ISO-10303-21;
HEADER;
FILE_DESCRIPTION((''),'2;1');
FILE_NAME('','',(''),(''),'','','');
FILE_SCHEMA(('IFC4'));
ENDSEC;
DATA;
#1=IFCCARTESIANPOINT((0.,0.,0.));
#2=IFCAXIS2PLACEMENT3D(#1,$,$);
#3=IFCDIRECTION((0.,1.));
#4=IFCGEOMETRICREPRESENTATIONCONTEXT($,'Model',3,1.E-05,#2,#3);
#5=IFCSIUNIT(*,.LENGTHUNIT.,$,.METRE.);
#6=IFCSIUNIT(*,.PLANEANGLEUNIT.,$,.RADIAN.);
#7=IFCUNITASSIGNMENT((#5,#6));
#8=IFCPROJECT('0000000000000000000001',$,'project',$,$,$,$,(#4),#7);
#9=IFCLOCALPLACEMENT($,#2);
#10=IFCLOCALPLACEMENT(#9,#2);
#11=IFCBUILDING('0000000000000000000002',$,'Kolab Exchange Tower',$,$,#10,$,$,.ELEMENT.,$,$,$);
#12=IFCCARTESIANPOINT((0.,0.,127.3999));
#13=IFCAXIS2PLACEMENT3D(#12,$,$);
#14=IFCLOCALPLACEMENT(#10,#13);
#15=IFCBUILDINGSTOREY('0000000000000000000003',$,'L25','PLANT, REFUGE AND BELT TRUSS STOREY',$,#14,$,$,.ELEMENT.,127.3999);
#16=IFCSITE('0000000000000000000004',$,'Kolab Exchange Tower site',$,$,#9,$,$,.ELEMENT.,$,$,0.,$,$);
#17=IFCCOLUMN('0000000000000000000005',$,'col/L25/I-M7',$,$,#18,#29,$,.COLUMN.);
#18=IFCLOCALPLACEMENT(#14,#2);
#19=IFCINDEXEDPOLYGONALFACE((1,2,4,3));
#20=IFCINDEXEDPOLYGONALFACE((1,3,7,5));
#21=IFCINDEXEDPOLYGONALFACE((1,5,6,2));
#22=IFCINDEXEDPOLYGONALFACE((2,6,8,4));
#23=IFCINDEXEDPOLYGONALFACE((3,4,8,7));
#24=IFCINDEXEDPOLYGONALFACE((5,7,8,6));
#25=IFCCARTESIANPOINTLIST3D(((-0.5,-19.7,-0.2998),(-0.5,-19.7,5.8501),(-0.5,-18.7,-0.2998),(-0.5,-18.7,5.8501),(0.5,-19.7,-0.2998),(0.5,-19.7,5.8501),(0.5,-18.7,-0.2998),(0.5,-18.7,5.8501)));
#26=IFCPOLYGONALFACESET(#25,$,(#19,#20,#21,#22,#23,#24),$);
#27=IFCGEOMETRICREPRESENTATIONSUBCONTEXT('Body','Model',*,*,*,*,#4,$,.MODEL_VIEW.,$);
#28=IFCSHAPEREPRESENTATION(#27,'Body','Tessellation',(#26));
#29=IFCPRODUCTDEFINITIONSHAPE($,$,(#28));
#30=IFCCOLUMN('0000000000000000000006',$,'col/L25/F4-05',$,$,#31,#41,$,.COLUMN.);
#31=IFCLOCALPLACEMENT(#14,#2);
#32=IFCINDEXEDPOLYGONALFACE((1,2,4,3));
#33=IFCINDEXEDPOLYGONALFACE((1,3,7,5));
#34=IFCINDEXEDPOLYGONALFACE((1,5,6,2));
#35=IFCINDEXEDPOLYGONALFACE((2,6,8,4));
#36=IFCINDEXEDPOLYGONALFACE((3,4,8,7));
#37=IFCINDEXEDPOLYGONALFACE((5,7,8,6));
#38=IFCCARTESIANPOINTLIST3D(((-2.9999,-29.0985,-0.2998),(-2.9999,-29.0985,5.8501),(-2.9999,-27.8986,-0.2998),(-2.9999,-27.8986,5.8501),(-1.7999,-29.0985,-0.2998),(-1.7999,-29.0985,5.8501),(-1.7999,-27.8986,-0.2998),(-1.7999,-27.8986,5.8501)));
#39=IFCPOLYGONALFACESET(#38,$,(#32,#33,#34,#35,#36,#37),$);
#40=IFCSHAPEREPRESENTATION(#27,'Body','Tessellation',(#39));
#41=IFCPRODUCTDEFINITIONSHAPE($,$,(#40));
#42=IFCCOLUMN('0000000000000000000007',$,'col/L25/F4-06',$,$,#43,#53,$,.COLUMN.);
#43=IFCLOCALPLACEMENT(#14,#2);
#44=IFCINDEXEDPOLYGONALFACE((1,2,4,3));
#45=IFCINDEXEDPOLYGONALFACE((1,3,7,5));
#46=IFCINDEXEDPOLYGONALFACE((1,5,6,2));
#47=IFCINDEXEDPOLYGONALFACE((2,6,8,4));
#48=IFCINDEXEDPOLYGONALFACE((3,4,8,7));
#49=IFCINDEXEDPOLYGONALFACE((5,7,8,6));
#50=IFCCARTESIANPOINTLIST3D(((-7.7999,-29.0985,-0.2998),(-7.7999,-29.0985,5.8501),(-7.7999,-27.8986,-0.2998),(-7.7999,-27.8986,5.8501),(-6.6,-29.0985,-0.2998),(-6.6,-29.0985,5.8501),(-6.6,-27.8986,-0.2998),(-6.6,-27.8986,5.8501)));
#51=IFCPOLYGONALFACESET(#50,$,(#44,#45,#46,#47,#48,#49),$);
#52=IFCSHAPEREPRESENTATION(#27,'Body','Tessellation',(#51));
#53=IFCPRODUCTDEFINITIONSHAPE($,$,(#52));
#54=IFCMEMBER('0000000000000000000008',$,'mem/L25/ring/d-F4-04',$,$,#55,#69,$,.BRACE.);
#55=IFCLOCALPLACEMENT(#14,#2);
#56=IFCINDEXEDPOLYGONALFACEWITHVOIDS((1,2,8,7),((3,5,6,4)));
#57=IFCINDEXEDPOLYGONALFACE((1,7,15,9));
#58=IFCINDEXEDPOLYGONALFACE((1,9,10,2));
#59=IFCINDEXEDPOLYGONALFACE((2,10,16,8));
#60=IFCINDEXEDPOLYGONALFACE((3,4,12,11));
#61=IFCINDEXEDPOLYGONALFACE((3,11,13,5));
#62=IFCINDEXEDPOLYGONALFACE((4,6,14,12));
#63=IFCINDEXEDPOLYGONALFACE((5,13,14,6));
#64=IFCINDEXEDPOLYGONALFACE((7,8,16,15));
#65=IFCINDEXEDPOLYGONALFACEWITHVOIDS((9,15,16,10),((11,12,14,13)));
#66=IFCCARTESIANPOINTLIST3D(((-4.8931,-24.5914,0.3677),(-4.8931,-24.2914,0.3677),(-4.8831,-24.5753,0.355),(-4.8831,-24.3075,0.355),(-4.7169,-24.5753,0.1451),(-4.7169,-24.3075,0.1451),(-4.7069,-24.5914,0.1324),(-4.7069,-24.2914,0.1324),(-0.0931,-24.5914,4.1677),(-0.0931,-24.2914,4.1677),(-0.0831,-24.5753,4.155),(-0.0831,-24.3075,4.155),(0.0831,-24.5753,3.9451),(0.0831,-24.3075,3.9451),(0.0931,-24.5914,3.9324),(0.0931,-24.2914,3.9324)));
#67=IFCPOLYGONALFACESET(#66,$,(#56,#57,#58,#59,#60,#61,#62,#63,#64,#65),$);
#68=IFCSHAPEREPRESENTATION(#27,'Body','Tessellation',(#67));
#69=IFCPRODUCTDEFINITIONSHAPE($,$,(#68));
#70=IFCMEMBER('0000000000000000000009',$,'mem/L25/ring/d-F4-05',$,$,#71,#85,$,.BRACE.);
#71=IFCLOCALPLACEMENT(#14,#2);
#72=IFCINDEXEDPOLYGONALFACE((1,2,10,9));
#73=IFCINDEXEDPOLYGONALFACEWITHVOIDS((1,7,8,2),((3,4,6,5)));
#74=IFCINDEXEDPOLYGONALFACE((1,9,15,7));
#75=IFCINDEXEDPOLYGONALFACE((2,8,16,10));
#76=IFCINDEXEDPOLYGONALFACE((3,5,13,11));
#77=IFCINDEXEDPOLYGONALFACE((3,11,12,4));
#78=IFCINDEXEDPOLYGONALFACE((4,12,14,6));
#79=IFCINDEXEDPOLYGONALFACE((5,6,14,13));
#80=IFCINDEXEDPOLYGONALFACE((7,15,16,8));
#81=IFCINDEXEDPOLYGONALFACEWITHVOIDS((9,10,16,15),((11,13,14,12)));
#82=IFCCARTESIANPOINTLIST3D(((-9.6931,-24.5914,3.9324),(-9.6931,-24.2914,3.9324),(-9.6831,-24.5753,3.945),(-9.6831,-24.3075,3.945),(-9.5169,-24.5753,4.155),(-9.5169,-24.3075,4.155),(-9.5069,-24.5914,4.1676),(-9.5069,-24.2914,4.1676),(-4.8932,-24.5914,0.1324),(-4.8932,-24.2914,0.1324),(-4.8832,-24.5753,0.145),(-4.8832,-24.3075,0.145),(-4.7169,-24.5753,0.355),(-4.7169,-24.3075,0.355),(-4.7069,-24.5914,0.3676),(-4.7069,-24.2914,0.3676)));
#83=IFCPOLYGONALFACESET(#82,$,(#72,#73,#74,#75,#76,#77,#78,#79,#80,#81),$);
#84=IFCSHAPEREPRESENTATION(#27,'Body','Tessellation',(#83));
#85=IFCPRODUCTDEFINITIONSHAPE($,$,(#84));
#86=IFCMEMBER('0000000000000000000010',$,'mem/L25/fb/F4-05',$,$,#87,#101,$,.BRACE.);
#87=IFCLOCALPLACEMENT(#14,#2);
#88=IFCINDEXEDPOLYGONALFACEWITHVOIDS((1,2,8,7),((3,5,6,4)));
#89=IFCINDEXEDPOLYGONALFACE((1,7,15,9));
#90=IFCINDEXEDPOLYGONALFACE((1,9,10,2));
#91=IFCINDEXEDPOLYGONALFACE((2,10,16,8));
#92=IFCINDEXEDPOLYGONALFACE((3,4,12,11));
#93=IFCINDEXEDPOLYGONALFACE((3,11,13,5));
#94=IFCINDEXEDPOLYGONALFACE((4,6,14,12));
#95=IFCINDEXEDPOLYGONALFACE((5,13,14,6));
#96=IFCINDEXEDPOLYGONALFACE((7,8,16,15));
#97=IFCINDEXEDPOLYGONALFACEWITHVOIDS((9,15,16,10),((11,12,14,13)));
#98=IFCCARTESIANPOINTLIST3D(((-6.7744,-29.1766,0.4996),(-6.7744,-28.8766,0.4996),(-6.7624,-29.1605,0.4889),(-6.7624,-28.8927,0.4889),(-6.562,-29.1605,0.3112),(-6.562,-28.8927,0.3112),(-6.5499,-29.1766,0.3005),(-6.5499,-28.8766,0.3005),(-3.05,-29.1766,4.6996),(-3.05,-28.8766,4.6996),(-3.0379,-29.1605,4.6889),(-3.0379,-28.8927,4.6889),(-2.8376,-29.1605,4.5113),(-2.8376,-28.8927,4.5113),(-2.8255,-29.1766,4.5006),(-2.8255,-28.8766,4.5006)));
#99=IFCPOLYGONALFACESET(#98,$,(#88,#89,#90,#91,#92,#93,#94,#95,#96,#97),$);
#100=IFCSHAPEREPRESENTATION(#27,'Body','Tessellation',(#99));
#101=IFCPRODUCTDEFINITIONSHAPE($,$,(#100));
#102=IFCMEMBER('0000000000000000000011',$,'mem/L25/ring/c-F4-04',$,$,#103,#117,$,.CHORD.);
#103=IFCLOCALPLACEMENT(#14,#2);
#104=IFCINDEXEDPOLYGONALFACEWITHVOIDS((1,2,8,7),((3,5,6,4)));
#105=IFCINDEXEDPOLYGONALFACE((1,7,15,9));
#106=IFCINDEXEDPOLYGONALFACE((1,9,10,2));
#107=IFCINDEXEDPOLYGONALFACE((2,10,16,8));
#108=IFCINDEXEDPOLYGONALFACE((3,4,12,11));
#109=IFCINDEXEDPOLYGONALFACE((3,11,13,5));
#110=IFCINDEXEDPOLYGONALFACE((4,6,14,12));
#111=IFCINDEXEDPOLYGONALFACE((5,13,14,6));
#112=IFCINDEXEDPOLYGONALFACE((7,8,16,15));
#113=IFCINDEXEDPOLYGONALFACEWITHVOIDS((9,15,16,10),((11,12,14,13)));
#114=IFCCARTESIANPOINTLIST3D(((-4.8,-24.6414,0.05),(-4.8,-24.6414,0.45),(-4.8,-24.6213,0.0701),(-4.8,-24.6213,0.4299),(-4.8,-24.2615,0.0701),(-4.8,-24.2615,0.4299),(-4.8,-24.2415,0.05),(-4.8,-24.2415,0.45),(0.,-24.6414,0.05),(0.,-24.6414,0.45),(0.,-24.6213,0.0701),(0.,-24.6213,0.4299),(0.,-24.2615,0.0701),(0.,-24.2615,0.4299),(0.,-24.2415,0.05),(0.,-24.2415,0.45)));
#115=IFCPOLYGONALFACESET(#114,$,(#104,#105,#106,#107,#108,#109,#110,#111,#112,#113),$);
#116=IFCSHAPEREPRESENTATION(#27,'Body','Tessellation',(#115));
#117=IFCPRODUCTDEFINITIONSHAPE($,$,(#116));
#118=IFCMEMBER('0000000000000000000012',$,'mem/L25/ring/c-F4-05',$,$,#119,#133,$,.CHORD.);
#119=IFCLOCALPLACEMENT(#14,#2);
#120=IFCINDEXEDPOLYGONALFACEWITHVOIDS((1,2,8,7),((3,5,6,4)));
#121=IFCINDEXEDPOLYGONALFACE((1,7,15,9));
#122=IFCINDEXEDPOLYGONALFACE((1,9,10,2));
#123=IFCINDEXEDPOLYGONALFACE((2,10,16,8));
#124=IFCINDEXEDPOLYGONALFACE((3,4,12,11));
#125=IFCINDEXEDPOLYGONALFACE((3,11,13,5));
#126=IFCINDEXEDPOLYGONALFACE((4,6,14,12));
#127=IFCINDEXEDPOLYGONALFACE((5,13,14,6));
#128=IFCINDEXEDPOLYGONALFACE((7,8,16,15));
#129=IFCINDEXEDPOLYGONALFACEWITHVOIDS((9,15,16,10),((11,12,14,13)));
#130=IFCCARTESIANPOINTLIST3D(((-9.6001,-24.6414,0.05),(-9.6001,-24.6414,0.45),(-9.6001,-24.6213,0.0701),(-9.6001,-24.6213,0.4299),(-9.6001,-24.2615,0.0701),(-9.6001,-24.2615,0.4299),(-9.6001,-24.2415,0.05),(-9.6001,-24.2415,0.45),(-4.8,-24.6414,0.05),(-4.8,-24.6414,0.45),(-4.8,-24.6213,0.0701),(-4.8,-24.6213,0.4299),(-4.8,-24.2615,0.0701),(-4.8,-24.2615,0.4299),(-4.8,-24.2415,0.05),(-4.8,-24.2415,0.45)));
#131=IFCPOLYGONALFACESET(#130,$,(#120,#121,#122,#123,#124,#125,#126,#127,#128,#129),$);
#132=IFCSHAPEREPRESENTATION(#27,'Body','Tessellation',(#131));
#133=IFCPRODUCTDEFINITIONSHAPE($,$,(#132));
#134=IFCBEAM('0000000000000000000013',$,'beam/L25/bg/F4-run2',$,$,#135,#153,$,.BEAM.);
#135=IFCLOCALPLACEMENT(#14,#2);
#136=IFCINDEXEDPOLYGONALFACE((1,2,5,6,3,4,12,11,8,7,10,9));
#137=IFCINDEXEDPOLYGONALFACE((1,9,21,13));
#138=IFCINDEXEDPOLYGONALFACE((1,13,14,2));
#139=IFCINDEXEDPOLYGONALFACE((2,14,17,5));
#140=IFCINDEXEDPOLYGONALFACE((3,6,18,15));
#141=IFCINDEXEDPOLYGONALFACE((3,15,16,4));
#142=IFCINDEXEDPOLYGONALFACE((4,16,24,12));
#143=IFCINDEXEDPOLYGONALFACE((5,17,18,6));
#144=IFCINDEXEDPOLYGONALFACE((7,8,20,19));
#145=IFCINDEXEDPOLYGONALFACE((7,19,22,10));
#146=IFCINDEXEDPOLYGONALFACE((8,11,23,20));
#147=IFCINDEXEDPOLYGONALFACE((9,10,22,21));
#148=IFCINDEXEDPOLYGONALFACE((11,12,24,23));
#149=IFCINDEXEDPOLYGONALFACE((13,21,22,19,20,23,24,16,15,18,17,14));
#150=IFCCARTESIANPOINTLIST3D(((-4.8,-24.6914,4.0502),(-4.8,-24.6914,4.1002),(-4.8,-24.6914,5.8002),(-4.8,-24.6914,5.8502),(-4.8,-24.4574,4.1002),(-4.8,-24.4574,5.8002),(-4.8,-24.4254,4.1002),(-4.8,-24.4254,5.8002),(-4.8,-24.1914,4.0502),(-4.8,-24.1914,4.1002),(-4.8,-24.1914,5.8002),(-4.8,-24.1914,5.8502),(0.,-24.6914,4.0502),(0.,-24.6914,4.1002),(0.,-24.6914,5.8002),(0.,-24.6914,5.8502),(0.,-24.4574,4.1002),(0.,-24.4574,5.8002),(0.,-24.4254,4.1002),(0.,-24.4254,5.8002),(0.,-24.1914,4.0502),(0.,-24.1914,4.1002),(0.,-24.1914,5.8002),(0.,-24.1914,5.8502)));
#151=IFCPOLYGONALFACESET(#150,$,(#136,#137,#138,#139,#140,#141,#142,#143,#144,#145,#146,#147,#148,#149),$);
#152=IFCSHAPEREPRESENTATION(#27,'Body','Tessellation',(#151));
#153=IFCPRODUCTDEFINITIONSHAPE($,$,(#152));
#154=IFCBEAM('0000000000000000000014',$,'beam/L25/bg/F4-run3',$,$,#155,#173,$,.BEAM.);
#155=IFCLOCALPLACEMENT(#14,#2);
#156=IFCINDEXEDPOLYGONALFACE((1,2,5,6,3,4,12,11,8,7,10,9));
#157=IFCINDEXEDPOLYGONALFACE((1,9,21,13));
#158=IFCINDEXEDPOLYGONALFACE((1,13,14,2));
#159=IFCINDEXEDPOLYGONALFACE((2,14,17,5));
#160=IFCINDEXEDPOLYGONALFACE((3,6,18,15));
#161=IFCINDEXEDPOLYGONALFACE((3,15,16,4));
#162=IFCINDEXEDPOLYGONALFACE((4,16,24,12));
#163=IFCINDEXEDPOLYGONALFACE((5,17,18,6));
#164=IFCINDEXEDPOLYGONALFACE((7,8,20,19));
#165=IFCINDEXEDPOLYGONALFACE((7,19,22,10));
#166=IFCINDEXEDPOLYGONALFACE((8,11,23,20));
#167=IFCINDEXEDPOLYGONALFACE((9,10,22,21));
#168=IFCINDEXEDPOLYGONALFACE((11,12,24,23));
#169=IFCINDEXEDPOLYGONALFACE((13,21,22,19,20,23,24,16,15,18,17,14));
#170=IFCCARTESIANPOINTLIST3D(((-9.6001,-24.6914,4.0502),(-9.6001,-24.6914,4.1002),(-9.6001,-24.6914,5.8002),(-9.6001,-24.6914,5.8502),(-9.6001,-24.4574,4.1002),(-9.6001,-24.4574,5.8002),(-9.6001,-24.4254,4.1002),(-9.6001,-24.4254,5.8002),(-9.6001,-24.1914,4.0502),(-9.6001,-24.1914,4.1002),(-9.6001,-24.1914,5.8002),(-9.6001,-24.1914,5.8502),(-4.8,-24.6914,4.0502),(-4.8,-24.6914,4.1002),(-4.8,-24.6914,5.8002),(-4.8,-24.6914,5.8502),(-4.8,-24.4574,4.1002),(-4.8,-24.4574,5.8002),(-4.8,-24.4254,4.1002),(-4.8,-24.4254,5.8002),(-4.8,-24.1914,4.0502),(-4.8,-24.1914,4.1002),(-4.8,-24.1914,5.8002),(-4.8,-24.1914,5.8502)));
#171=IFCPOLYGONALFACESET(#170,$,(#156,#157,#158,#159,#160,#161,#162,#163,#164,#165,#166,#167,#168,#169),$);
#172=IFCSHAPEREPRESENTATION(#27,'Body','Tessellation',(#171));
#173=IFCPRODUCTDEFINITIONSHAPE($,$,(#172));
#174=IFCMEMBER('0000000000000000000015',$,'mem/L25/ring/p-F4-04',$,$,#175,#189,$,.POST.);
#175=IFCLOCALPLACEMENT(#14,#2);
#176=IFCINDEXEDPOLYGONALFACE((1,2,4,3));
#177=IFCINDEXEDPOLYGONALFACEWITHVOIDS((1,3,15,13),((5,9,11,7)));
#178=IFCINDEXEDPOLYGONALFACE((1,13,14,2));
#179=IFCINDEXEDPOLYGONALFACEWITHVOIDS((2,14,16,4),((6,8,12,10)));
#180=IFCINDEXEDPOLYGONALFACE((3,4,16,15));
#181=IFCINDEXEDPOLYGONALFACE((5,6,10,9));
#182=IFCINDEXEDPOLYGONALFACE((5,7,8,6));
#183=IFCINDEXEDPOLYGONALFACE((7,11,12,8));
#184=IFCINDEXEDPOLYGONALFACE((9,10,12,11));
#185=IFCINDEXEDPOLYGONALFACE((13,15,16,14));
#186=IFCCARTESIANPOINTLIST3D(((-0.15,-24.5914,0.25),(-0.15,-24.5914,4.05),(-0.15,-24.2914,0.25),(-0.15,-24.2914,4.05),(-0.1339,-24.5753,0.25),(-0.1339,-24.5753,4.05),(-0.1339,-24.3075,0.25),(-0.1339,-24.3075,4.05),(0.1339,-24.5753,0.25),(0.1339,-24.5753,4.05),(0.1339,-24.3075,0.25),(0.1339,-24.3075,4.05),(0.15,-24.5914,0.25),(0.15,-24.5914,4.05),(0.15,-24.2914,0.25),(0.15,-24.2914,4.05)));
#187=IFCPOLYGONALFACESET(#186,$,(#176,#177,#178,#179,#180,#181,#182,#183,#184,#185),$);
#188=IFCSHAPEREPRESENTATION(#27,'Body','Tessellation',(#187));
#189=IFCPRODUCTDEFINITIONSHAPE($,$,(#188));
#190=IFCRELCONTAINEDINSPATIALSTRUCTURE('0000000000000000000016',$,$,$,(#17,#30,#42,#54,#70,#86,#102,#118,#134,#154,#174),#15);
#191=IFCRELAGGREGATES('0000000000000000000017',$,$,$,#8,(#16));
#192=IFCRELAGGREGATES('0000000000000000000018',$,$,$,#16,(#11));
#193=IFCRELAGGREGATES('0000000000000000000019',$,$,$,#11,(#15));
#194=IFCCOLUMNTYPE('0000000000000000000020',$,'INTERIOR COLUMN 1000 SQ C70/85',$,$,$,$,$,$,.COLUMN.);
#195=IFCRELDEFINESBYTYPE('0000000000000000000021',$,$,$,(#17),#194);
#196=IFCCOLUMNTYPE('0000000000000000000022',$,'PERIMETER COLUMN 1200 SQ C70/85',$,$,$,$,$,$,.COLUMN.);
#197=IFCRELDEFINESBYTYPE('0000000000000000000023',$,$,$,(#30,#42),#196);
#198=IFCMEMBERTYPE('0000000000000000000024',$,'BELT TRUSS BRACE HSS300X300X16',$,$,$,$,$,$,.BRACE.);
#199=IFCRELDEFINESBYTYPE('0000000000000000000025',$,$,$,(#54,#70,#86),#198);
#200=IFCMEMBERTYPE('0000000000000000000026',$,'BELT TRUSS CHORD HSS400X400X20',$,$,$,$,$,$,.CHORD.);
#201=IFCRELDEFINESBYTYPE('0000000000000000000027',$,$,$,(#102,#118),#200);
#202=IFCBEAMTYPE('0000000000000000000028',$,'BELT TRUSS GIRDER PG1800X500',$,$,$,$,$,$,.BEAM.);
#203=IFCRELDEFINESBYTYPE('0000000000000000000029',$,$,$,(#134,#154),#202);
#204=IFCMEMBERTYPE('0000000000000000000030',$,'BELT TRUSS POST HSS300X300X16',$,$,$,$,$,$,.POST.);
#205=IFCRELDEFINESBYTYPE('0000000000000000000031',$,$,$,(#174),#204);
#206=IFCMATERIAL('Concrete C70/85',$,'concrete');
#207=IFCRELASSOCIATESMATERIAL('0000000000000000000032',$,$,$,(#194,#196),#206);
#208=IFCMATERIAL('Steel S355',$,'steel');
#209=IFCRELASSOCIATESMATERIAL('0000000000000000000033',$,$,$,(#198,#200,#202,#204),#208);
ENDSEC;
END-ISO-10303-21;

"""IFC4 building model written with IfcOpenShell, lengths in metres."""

from ifc_helpers import new_model, si_unit, direction, frame, origin, origin_2d, place, context, subcontext, project, spatial, rectangle, hollow_rectangle, i_section, extrude, material, material_profile, profile_set, type_object, element, save


model = new_model("IFC4")

# Units and contexts
model_context = context("Model", 3, precision=1e-05, world=origin(), true_north=direction((0.0, 1.0)))
body_context = subcontext(model_context, "Body", "Model", "MODEL_VIEW")
ifc_project = project(units=[si_unit("LENGTHUNIT", "METRE"), si_unit("PLANEANGLEUNIT", "RADIAN")], contexts=[model_context])

# Site, building, storey
site_placement = place(None, origin())
site = spatial("IfcSite", under=ifc_project, at=site_placement, Name="Kolab Exchange Tower site", CompositionType="ELEMENT", RefElevation=0.0)
building_placement = place(site_placement, origin())
building = spatial("IfcBuilding", under=site, at=building_placement, Name="Kolab Exchange Tower", CompositionType="ELEMENT")
storey_placement = place(building_placement, frame((0.0, 0.0, 127.3999)))
storey = spatial("IfcBuildingStorey", under=building, at=storey_placement, Name="L25", Description="PLANT, REFUGE AND BELT TRUSS STOREY", CompositionType="ELEMENT", Elevation=127.3999)

# Columns
ifc_material_1 = material(Name="Concrete C70/85", Category="concrete")
ifc_material_profile_1 = material_profile(ifc_material_1, rectangle(XDim=1.0, YDim=1.0, at=origin_2d()), Name="RC1000")
ifc_profile_set_1 = profile_set([ifc_material_profile_1], Name="Concrete C70/85")
column_type_1 = type_object("IfcColumnType", Name="INTERIOR COLUMN 1000 SQ C70/85", PredefinedType="COLUMN", material=ifc_profile_set_1)
column_placement = place(storey_placement, frame((0.0, -19.2, -0.2998), z_axis=(0.0, 0.0, 1.0), x_axis=(1.0, 0.0, 0.0)))
element("IfcColumn", 1, at=column_placement, inside=storey, type_object=column_type_1, Name="col/L25/I-M7", PredefinedType="COLUMN", context=body_context, shape_type="SweptSolid", body=[
    extrude(rectangle(XDim=1.0, YDim=1.0, at=origin_2d()), origin(), (0.0, 0.0, 1.0), 6.1499),
])
ifc_material_profile_2 = material_profile(ifc_material_1, rectangle(XDim=1.2, YDim=1.2, at=origin_2d()), Name="RC1200")
ifc_profile_set_2 = profile_set([ifc_material_profile_2], Name="Concrete C70/85")
column_type_2 = type_object("IfcColumnType", Name="PERIMETER COLUMN 1200 SQ C70/85", PredefinedType="COLUMN", material=ifc_profile_set_2)
for number, where, z_axis, x_axis, name in (
    (2, (-2.3999, -28.4985, -0.2998), (0.0, 0.0, 1.0), (1.0, 0.0, 0.0), "col/L25/F4-05"),
    (3, (-7.2, -28.4985, -0.2998), (0.0, 0.0, 1.0), (1.0, 0.0, 0.0), "col/L25/F4-06"),
):
    element("IfcColumn", number, at=place(storey_placement, frame(where, z_axis=z_axis, x_axis=x_axis)), inside=storey, type_object=column_type_2, Name=name, PredefinedType="COLUMN", context=body_context, shape_type="SweptSolid", body=[
        extrude(rectangle(XDim=1.2, YDim=1.2, at=origin_2d()), origin(), (0.0, 0.0, 1.0), 6.1499),
    ])

# Members
ifc_material_2 = material(Name="Steel S355", Category="steel")
ifc_material_profile_3 = material_profile(ifc_material_2, hollow_rectangle(XDim=0.3, YDim=0.3, WallThickness=0.0161, at=origin_2d()), Name="HSS300X300X16")
ifc_profile_set_3 = profile_set([ifc_material_profile_3], Name="Steel S355")
member_type_1 = type_object("IfcMemberType", Name="BELT TRUSS BRACE HSS300X300X16", PredefinedType="BRACE", material=ifc_profile_set_3)
for number, where, z_axis, x_axis, name in (
    (4, (0.0, -24.4414, 4.05), (-0.784045, 0.0, -0.620704), (0.0, -1.0, 0.0), "mem/L25/ring/d-F4-04"),
    (5, (-4.8, -24.4414, 0.25), (-0.784045, 0.0, 0.620704), (0.0, -1.0, 0.0), "mem/L25/ring/d-F4-05"),
):
    element("IfcMember", number, at=place(storey_placement, frame(where, z_axis=z_axis, x_axis=x_axis)), inside=storey, type_object=member_type_1, Name=name, PredefinedType="BRACE", context=body_context, shape_type="SweptSolid", body=[
        extrude(hollow_rectangle(XDim=0.3, YDim=0.3, WallThickness=0.0161, at=origin_2d()), origin(), (0.0, 0.0, 1.0), 6.1221),
    ])
member_1_placement = place(storey_placement, frame((-2.9377, -29.0266, 4.6001), z_axis=(-0.663475, 0.0, -0.748198), x_axis=(0.0, -1.0, 0.0)))
element("IfcMember", 6, at=member_1_placement, inside=storey, type_object=member_type_1, Name="mem/L25/fb/F4-05", PredefinedType="BRACE", context=body_context, shape_type="SweptSolid", body=[
    extrude(hollow_rectangle(XDim=0.3, YDim=0.3, WallThickness=0.0161, at=origin_2d()), origin(), (0.0, 0.0, 1.0), 5.6135),
])
ifc_material_profile_4 = material_profile(ifc_material_2, hollow_rectangle(XDim=0.3999, YDim=0.3999, WallThickness=0.02, at=origin_2d()), Name="HSS400X400X20")
ifc_profile_set_4 = profile_set([ifc_material_profile_4], Name="Steel S355")
member_type_2 = type_object("IfcMemberType", Name="BELT TRUSS CHORD HSS400X400X20", PredefinedType="CHORD", material=ifc_profile_set_4)
for number, where, z_axis, x_axis, name in (
    (7, (0.0, -24.4414, 0.25), (-1.0, 0.0, 0.0), (0.0, -1.0, 0.0), "mem/L25/ring/c-F4-04"),
    (8, (-4.8, -24.4414, 0.25), (-1.0, 0.0, 0.0), (0.0, -1.0, 0.0), "mem/L25/ring/c-F4-05"),
):
    element("IfcMember", number, at=place(storey_placement, frame(where, z_axis=z_axis, x_axis=x_axis)), inside=storey, type_object=member_type_2, Name=name, PredefinedType="CHORD", context=body_context, shape_type="SweptSolid", body=[
        extrude(hollow_rectangle(XDim=0.3999, YDim=0.3999, WallThickness=0.02, at=origin_2d()), origin(), (0.0, 0.0, 1.0), 4.8),
    ])

# Beams
ifc_material_profile_5 = material_profile(ifc_material_2, i_section(OverallWidth=0.5, OverallDepth=1.8, WebThickness=0.032, FlangeThickness=0.05, at=origin_2d()), Name="PG1800X500")
ifc_profile_set_5 = profile_set([ifc_material_profile_5], Name="Steel S355")
beam_type_1 = type_object("IfcBeamType", Name="BELT TRUSS GIRDER PG1800X500", PredefinedType="BEAM", material=ifc_profile_set_5)
for number, where, z_axis, x_axis, name in (
    (9, (0.0, -24.4414, 4.9502), (-1.0, 0.0, 0.0), (0.0, -1.0, 0.0), "beam/L25/bg/F4-run2"),
    (10, (-4.8, -24.4414, 4.9502), (-1.0, 0.0, 0.0), (0.0, -1.0, 0.0), "beam/L25/bg/F4-run3"),
):
    element("IfcBeam", number, at=place(storey_placement, frame(where, z_axis=z_axis, x_axis=x_axis)), inside=storey, type_object=beam_type_1, Name=name, PredefinedType="BEAM", context=body_context, shape_type="SweptSolid", body=[
        extrude(i_section(OverallWidth=0.5, OverallDepth=1.8, WebThickness=0.032, FlangeThickness=0.05, at=origin_2d()), origin(), (0.0, 0.0, 1.0), 4.8),
    ])

# Member
ifc_material_profile_6 = material_profile(ifc_material_2, hollow_rectangle(XDim=0.3, YDim=0.3, WallThickness=0.0161, at=origin_2d()), Name="HSS300X300X16")
ifc_profile_set_6 = profile_set([ifc_material_profile_6], Name="Steel S355")
member_type_3 = type_object("IfcMemberType", Name="BELT TRUSS POST HSS300X300X16", PredefinedType="POST", material=ifc_profile_set_6)
for number, where, z_axis, x_axis, name in (
    (11, (0.0, -24.4414, 0.25), (0.0, 0.0, 1.0), (1.0, 0.0, 0.0), "mem/L25/ring/p-F4-04"),
):
    element("IfcMember", number, at=place(storey_placement, frame(where, z_axis=z_axis, x_axis=x_axis)), inside=storey, type_object=member_type_3, Name=name, PredefinedType="POST", context=body_context, shape_type="SweptSolid", body=[
        extrude(hollow_rectangle(XDim=0.3, YDim=0.3, WallThickness=0.0161, at=origin_2d()), origin(), (0.0, 0.0, 1.0), 3.8),
    ])

save(model, "model.ifc")
